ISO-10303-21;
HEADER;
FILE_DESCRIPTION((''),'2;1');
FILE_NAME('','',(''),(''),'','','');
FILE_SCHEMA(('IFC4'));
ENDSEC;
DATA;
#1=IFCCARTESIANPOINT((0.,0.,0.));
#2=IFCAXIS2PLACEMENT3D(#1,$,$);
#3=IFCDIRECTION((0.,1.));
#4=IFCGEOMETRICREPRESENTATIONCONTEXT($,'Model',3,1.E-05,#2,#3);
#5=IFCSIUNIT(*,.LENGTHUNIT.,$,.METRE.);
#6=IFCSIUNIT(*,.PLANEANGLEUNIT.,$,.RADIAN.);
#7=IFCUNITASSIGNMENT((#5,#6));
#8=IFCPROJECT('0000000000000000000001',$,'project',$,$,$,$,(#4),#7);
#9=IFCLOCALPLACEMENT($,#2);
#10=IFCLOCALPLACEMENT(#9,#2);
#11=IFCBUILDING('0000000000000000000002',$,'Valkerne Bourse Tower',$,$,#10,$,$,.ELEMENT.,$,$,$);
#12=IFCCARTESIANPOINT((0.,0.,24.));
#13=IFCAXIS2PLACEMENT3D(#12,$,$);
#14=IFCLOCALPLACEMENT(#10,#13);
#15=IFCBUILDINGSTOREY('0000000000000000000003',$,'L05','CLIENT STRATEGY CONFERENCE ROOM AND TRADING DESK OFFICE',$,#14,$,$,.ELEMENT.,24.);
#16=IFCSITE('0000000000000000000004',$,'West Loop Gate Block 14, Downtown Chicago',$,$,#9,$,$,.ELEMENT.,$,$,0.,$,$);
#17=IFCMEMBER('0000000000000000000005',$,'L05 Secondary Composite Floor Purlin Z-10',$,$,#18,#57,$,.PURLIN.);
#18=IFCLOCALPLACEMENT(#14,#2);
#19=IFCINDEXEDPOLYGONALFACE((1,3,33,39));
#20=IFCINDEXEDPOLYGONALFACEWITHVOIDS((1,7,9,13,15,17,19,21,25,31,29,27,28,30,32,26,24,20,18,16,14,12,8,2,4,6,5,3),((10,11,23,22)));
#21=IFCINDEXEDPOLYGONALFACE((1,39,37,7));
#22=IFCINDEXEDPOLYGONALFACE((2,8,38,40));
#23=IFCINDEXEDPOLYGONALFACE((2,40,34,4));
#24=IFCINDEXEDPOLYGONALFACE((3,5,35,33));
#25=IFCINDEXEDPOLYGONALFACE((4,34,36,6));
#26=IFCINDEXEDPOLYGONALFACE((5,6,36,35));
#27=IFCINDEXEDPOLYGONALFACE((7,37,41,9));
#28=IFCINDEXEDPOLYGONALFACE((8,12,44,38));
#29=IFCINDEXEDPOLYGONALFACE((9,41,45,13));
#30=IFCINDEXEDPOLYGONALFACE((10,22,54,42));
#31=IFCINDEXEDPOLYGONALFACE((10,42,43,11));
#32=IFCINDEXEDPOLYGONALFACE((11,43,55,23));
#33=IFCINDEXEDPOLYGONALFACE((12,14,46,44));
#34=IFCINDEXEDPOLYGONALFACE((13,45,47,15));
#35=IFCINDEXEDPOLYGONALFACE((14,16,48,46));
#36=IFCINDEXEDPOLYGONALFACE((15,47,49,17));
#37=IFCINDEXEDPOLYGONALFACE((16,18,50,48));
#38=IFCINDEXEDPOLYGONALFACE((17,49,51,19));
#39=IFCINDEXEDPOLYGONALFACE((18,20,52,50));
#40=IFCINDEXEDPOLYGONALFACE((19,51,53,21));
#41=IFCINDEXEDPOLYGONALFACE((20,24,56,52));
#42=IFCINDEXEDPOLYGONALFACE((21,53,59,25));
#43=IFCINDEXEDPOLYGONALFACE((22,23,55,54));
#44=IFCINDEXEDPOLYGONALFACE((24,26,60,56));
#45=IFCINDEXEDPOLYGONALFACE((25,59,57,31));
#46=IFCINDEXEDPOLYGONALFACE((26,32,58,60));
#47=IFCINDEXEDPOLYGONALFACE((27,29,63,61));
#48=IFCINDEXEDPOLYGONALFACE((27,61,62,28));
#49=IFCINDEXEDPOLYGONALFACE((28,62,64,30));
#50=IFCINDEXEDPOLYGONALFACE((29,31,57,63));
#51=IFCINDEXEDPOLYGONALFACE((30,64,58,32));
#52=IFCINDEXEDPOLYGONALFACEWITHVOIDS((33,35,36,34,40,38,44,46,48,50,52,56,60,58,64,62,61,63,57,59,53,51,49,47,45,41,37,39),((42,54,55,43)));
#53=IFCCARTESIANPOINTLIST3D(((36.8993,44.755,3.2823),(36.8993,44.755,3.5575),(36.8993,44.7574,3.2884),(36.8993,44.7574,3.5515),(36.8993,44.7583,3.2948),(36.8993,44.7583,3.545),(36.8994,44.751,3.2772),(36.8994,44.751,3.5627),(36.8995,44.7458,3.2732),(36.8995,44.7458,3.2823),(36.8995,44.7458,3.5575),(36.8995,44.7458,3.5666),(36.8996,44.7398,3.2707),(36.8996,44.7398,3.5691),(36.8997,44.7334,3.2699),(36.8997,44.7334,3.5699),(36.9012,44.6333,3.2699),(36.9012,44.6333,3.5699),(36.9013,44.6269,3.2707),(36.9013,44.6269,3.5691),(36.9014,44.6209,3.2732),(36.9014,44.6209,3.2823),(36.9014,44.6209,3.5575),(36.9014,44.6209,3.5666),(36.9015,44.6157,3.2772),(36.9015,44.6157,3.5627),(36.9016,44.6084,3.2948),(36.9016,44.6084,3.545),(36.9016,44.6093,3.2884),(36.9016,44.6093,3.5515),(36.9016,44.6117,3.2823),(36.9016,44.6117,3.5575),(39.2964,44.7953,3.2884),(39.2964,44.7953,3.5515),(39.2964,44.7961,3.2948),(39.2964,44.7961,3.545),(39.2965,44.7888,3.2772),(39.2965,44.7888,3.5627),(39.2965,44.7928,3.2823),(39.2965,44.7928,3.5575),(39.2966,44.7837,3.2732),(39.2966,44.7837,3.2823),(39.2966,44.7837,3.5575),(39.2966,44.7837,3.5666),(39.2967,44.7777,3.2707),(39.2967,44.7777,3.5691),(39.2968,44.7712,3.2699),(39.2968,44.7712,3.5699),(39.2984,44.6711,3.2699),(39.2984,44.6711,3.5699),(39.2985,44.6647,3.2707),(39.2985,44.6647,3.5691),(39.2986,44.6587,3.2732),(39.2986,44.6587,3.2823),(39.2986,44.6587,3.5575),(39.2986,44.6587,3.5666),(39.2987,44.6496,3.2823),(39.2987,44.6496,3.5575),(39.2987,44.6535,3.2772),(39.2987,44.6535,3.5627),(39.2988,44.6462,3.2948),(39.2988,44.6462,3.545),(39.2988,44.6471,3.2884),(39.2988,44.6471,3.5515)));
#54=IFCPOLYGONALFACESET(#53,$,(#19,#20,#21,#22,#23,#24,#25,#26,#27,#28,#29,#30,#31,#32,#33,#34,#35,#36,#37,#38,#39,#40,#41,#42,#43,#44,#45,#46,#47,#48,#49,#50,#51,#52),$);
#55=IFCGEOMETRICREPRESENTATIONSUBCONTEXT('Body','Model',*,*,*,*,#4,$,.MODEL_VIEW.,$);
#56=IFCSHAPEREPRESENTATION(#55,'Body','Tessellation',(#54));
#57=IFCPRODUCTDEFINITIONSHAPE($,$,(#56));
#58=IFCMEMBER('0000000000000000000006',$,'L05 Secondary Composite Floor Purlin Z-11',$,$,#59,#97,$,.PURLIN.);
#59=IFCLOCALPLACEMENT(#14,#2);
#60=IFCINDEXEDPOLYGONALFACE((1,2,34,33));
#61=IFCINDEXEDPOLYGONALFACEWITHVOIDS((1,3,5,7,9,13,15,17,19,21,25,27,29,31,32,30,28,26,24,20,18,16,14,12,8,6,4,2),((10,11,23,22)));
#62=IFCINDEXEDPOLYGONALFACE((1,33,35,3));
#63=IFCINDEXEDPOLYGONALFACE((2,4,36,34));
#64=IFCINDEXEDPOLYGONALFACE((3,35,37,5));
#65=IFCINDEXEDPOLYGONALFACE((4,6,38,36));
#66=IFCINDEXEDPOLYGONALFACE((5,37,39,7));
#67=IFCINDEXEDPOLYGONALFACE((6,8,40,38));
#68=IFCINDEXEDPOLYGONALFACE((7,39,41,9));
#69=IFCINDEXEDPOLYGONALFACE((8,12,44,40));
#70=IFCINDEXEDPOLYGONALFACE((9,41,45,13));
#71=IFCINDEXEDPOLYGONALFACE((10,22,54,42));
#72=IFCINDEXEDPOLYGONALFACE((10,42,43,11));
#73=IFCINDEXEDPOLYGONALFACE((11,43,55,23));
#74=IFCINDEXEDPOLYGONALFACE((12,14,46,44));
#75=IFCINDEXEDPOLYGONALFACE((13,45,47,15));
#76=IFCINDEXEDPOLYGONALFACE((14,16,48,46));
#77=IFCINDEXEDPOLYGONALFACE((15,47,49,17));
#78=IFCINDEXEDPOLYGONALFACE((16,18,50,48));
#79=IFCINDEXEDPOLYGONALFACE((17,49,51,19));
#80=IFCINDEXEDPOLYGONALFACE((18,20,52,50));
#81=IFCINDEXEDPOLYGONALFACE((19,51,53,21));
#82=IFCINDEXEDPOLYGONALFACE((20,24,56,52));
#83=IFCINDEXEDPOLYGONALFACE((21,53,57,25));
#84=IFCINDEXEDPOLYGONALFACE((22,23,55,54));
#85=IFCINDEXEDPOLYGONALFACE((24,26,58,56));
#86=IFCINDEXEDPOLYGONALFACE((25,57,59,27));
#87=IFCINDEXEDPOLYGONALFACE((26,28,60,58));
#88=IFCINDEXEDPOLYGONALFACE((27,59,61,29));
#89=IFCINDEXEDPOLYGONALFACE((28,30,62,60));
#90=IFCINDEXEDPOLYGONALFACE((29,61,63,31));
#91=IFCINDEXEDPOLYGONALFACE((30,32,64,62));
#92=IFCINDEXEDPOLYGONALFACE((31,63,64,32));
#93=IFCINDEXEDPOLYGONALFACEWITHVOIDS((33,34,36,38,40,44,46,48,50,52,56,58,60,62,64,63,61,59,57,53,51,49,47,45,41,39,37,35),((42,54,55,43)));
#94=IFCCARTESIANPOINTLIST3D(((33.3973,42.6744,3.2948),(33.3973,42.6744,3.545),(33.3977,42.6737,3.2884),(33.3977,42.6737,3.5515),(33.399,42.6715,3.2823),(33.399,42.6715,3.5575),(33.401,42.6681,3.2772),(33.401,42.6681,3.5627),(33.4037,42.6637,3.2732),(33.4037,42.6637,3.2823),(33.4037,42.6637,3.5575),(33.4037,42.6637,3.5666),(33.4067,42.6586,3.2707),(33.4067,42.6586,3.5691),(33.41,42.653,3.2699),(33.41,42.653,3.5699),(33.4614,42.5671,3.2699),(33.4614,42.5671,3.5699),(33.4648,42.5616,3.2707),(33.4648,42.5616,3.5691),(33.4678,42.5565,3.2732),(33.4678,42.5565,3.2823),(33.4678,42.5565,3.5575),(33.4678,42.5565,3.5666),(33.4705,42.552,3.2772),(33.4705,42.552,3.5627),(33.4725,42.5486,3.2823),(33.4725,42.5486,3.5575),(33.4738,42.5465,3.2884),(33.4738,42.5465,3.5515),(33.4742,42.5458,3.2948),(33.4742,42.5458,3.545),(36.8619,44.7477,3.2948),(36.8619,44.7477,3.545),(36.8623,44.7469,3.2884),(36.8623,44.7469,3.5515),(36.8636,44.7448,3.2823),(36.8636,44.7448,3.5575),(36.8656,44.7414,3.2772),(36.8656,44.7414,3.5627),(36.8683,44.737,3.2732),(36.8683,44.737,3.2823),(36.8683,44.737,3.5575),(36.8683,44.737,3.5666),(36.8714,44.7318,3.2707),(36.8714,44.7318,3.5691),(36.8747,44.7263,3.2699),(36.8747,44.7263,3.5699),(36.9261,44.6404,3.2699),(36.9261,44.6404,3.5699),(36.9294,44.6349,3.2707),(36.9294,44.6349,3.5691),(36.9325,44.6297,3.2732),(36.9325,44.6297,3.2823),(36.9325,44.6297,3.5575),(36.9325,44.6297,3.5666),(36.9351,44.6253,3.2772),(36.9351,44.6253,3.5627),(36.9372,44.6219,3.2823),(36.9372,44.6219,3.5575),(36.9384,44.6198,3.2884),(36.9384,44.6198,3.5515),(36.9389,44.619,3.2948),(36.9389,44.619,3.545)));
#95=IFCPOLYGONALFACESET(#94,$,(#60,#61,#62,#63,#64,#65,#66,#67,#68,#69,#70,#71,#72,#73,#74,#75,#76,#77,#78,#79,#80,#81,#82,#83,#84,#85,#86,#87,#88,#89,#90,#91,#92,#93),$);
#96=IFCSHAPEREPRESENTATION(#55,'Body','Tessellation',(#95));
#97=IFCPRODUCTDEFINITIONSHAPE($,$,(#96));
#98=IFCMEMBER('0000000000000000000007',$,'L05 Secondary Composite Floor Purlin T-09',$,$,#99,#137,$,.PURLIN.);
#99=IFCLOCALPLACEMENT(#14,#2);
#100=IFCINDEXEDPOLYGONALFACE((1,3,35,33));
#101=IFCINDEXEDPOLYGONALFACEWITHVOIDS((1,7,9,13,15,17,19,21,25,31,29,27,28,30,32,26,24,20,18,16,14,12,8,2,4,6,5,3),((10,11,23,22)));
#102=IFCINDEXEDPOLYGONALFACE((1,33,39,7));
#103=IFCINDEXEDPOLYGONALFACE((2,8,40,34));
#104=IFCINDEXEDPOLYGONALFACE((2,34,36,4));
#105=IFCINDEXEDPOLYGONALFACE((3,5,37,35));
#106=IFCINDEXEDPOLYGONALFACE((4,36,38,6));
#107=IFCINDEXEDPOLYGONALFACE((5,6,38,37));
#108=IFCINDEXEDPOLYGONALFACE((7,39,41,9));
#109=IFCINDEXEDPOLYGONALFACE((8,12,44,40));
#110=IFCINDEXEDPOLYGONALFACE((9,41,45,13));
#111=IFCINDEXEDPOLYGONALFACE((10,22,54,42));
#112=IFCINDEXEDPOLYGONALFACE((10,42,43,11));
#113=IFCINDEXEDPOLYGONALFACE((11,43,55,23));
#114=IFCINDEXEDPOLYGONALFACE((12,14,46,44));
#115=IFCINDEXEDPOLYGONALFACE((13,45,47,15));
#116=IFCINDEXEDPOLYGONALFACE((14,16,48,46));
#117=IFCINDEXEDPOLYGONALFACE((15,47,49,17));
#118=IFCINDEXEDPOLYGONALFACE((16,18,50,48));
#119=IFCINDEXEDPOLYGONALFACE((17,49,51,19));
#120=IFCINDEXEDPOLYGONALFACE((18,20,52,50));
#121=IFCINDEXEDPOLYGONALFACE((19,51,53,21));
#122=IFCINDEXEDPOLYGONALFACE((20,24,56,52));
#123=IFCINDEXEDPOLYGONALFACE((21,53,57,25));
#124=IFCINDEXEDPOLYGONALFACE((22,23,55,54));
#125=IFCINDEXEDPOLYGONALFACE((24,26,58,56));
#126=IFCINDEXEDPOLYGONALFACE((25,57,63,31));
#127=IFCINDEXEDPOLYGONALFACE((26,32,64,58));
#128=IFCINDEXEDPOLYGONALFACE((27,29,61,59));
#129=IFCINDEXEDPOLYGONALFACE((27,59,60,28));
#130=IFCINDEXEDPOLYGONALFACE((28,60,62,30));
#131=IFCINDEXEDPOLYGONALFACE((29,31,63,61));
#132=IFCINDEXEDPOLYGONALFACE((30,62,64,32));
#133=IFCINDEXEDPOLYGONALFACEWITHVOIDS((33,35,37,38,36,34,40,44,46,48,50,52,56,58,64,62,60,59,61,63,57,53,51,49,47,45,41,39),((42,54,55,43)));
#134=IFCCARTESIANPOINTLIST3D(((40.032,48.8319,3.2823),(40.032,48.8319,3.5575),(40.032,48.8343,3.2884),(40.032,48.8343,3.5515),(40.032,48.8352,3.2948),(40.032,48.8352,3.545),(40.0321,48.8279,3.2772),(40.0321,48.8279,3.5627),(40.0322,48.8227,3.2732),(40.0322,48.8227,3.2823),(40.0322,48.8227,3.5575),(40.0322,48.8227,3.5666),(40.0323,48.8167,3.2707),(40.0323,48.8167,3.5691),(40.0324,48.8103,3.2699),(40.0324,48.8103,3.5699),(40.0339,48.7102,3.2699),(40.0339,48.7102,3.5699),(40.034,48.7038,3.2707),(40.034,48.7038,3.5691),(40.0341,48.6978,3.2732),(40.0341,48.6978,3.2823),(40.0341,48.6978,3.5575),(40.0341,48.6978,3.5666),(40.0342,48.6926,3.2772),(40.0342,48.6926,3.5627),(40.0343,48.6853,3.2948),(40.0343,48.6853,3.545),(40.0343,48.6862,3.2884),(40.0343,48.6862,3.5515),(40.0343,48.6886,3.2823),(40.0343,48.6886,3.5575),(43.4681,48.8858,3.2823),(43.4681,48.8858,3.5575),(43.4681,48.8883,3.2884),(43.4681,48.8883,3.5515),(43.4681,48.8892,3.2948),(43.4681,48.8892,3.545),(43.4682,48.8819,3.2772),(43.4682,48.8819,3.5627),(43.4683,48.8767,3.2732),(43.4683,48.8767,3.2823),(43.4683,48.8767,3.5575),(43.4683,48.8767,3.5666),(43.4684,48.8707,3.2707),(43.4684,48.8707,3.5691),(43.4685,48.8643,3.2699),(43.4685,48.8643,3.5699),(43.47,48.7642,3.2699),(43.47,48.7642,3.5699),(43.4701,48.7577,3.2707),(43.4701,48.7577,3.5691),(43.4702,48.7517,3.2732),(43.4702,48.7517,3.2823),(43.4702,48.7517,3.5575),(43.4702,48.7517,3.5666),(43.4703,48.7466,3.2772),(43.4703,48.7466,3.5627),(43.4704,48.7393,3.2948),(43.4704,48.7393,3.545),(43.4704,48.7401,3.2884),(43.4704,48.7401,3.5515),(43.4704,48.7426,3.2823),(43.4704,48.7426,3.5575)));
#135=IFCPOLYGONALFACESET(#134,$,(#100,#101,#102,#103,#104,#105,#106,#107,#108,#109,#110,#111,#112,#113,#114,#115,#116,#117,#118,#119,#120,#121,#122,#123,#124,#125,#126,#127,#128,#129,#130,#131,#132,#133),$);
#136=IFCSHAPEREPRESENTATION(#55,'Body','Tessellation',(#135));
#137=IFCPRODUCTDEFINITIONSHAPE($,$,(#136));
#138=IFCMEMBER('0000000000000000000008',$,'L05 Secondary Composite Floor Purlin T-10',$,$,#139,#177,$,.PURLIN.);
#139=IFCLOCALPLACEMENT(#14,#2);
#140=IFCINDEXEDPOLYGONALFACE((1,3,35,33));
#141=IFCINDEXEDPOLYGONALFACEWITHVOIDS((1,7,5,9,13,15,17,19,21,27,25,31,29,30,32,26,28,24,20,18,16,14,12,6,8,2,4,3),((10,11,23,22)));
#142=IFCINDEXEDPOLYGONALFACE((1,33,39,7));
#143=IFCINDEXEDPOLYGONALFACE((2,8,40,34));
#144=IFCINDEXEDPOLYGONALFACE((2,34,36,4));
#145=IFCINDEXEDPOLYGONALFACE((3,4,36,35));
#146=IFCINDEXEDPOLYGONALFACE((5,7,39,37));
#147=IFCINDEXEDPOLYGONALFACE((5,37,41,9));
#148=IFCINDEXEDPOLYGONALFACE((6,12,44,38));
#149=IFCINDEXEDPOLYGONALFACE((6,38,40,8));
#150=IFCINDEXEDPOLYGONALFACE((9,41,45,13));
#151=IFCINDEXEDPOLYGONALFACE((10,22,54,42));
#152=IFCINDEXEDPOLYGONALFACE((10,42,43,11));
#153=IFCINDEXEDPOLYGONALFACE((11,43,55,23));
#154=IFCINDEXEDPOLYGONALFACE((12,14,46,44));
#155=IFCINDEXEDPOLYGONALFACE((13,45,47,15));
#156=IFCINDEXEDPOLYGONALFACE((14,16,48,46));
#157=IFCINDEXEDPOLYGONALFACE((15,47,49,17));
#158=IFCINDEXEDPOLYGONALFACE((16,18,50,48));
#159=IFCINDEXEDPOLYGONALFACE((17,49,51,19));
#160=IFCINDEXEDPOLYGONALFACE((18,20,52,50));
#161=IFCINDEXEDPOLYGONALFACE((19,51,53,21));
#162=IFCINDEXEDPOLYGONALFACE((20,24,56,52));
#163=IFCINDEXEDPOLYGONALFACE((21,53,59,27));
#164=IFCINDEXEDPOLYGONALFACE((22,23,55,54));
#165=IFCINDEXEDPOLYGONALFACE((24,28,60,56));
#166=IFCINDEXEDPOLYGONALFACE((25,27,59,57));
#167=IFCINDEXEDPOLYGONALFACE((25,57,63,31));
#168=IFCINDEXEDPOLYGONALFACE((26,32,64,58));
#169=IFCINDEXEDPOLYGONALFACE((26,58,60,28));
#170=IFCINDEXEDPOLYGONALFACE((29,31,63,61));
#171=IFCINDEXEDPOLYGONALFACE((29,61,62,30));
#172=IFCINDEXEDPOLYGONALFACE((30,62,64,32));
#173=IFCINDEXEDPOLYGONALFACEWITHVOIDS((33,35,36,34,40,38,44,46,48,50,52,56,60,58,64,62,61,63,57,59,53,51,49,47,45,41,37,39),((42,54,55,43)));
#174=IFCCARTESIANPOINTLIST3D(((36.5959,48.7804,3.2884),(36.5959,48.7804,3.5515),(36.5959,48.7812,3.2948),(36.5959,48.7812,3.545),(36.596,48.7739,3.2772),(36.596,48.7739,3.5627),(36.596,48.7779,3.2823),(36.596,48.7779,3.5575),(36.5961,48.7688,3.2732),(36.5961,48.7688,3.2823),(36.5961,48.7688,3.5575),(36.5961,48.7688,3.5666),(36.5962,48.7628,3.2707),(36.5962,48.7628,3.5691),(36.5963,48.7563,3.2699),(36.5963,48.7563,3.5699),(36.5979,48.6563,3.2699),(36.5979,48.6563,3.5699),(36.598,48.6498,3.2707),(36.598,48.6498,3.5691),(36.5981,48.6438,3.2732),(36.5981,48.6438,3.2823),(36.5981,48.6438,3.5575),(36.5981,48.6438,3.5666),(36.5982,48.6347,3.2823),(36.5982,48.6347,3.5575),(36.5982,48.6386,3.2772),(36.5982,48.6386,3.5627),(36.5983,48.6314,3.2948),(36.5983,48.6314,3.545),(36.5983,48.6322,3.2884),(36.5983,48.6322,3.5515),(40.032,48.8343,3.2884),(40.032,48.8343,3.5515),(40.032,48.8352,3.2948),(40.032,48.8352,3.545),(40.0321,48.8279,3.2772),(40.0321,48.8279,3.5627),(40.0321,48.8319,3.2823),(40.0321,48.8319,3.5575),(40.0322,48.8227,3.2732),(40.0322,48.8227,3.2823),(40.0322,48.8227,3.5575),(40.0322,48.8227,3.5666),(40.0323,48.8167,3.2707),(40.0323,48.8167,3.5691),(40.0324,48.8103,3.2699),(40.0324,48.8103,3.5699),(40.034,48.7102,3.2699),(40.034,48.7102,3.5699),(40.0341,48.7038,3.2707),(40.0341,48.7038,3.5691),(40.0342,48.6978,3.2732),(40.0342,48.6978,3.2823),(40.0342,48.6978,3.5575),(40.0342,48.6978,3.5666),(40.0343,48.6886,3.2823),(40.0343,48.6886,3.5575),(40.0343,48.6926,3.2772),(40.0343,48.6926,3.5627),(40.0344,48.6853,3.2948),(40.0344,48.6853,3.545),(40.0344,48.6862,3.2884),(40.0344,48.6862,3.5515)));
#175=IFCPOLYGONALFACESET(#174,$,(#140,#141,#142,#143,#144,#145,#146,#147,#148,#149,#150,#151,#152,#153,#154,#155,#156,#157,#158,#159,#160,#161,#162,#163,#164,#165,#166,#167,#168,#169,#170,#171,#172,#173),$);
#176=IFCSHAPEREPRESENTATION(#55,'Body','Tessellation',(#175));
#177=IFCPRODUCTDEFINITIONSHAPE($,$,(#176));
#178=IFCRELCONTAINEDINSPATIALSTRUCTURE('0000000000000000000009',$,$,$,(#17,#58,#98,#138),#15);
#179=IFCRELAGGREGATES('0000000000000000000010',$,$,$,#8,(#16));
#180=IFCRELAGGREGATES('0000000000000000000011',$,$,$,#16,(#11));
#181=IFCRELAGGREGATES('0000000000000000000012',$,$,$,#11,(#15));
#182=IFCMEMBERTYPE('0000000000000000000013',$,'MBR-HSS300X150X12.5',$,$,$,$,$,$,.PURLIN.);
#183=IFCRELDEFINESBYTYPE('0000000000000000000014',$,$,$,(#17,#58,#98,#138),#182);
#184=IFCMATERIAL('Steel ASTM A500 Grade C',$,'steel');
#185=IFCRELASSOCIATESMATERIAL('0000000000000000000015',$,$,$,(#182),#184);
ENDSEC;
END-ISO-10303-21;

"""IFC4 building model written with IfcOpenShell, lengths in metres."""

from ifc_helpers import new_model, si_unit, direction, frame, origin, origin_2d, place, context, subcontext, project, spatial, hollow_rectangle, extrude, material, material_profile, profile_set, type_object, element, save


model = new_model("IFC4")

# Units and contexts
model_context = context("Model", 3, precision=1e-05, world=origin(), true_north=direction((0.0, 1.0)))
body_context = subcontext(model_context, "Body", "Model", "MODEL_VIEW")
ifc_project = project(units=[si_unit("LENGTHUNIT", "METRE"), si_unit("PLANEANGLEUNIT", "RADIAN")], contexts=[model_context])

# Site, building, storey
site_placement = place(None, origin())
site = spatial("IfcSite", under=ifc_project, at=site_placement, Name="West Loop Gate Block 14, Downtown Chicago", CompositionType="ELEMENT", RefElevation=0.0)
building_placement = place(site_placement, origin())
building = spatial("IfcBuilding", under=site, at=building_placement, Name="Valkerne Bourse Tower", CompositionType="ELEMENT")
storey_placement = place(building_placement, frame((0.0, 0.0, 24.0)))
storey = spatial("IfcBuildingStorey", under=building, at=storey_placement, Name="L05", Description="CLIENT STRATEGY CONFERENCE ROOM AND TRADING DESK OFFICE", CompositionType="ELEMENT", Elevation=24.0)

# Members
ifc_material_1 = material(Name="Steel ASTM A500 Grade C", Category="steel")
ifc_material_profile_1 = material_profile(ifc_material_1, hollow_rectangle(XDim=0.1499, YDim=0.3, WallThickness=0.0125, OuterFilletRadius=0.0249, at=origin_2d()), Name="HSS300X150X12.5")
ifc_profile_set_1 = profile_set([ifc_material_profile_1], Name="Steel ASTM A500 Grade C")
member_type_1 = type_object("IfcMemberType", Name="MBR-HSS300X150X12.5", PredefinedType="PURLIN", material=ifc_profile_set_1)
for number, where, z_axis, x_axis, name in (
    (1, (39.2976, 44.7212, 3.4199), (-0.999875, -0.015784, 0.0), (0.015784, -0.999875, 0.0), "L05 Secondary Composite Floor Purlin Z-10"),
):
    element("IfcMember", number, at=place(storey_placement, frame(where, z_axis=z_axis, x_axis=x_axis)), inside=storey, type_object=member_type_1, Name=name, PredefinedType="PURLIN", context=body_context, shape_type="SweptSolid", body=[
        extrude(hollow_rectangle(XDim=0.1499, YDim=0.3, WallThickness=0.0125, OuterFilletRadius=0.0249, at=origin_2d()), origin(), (0.0, 0.0, 1.0), 2.3975),
    ])
member_1_placement = place(storey_placement, frame((36.9004, 44.6833, 3.4199), z_axis=(-0.858095, -0.513491, 0.0), x_axis=(0.513491, -0.858095, 0.0)))
element("IfcMember", 2, at=member_1_placement, inside=storey, type_object=member_type_1, Name="L05 Secondary Composite Floor Purlin Z-11", PredefinedType="PURLIN", context=body_context, shape_type="SweptSolid", body=[
    extrude(hollow_rectangle(XDim=0.1499, YDim=0.3, WallThickness=0.0125, OuterFilletRadius=0.0249, at=origin_2d()), origin(), (0.0, 0.0, 1.0), 4.0376),
])
for number, where, z_axis, x_axis, name in (
    (3, (43.4692, 48.8142, 3.4199), (-0.999877, -0.015701, 0.0), (0.015701, -0.999877, 0.0), "L05 Secondary Composite Floor Purlin T-09"),
    (4, (40.0332, 48.7603, 3.4199), (-0.999877, -0.015701, 0.0), (0.015701, -0.999877, 0.0), "L05 Secondary Composite Floor Purlin T-10"),
):
    element("IfcMember", number, at=place(storey_placement, frame(where, z_axis=z_axis, x_axis=x_axis)), inside=storey, type_object=member_type_1, Name=name, PredefinedType="PURLIN", context=body_context, shape_type="SweptSolid", body=[
        extrude(hollow_rectangle(XDim=0.1499, YDim=0.3, WallThickness=0.0125, OuterFilletRadius=0.0249, at=origin_2d()), origin(), (0.0, 0.0, 1.0), 3.4365),
    ])

save(model, "model.ifc")
